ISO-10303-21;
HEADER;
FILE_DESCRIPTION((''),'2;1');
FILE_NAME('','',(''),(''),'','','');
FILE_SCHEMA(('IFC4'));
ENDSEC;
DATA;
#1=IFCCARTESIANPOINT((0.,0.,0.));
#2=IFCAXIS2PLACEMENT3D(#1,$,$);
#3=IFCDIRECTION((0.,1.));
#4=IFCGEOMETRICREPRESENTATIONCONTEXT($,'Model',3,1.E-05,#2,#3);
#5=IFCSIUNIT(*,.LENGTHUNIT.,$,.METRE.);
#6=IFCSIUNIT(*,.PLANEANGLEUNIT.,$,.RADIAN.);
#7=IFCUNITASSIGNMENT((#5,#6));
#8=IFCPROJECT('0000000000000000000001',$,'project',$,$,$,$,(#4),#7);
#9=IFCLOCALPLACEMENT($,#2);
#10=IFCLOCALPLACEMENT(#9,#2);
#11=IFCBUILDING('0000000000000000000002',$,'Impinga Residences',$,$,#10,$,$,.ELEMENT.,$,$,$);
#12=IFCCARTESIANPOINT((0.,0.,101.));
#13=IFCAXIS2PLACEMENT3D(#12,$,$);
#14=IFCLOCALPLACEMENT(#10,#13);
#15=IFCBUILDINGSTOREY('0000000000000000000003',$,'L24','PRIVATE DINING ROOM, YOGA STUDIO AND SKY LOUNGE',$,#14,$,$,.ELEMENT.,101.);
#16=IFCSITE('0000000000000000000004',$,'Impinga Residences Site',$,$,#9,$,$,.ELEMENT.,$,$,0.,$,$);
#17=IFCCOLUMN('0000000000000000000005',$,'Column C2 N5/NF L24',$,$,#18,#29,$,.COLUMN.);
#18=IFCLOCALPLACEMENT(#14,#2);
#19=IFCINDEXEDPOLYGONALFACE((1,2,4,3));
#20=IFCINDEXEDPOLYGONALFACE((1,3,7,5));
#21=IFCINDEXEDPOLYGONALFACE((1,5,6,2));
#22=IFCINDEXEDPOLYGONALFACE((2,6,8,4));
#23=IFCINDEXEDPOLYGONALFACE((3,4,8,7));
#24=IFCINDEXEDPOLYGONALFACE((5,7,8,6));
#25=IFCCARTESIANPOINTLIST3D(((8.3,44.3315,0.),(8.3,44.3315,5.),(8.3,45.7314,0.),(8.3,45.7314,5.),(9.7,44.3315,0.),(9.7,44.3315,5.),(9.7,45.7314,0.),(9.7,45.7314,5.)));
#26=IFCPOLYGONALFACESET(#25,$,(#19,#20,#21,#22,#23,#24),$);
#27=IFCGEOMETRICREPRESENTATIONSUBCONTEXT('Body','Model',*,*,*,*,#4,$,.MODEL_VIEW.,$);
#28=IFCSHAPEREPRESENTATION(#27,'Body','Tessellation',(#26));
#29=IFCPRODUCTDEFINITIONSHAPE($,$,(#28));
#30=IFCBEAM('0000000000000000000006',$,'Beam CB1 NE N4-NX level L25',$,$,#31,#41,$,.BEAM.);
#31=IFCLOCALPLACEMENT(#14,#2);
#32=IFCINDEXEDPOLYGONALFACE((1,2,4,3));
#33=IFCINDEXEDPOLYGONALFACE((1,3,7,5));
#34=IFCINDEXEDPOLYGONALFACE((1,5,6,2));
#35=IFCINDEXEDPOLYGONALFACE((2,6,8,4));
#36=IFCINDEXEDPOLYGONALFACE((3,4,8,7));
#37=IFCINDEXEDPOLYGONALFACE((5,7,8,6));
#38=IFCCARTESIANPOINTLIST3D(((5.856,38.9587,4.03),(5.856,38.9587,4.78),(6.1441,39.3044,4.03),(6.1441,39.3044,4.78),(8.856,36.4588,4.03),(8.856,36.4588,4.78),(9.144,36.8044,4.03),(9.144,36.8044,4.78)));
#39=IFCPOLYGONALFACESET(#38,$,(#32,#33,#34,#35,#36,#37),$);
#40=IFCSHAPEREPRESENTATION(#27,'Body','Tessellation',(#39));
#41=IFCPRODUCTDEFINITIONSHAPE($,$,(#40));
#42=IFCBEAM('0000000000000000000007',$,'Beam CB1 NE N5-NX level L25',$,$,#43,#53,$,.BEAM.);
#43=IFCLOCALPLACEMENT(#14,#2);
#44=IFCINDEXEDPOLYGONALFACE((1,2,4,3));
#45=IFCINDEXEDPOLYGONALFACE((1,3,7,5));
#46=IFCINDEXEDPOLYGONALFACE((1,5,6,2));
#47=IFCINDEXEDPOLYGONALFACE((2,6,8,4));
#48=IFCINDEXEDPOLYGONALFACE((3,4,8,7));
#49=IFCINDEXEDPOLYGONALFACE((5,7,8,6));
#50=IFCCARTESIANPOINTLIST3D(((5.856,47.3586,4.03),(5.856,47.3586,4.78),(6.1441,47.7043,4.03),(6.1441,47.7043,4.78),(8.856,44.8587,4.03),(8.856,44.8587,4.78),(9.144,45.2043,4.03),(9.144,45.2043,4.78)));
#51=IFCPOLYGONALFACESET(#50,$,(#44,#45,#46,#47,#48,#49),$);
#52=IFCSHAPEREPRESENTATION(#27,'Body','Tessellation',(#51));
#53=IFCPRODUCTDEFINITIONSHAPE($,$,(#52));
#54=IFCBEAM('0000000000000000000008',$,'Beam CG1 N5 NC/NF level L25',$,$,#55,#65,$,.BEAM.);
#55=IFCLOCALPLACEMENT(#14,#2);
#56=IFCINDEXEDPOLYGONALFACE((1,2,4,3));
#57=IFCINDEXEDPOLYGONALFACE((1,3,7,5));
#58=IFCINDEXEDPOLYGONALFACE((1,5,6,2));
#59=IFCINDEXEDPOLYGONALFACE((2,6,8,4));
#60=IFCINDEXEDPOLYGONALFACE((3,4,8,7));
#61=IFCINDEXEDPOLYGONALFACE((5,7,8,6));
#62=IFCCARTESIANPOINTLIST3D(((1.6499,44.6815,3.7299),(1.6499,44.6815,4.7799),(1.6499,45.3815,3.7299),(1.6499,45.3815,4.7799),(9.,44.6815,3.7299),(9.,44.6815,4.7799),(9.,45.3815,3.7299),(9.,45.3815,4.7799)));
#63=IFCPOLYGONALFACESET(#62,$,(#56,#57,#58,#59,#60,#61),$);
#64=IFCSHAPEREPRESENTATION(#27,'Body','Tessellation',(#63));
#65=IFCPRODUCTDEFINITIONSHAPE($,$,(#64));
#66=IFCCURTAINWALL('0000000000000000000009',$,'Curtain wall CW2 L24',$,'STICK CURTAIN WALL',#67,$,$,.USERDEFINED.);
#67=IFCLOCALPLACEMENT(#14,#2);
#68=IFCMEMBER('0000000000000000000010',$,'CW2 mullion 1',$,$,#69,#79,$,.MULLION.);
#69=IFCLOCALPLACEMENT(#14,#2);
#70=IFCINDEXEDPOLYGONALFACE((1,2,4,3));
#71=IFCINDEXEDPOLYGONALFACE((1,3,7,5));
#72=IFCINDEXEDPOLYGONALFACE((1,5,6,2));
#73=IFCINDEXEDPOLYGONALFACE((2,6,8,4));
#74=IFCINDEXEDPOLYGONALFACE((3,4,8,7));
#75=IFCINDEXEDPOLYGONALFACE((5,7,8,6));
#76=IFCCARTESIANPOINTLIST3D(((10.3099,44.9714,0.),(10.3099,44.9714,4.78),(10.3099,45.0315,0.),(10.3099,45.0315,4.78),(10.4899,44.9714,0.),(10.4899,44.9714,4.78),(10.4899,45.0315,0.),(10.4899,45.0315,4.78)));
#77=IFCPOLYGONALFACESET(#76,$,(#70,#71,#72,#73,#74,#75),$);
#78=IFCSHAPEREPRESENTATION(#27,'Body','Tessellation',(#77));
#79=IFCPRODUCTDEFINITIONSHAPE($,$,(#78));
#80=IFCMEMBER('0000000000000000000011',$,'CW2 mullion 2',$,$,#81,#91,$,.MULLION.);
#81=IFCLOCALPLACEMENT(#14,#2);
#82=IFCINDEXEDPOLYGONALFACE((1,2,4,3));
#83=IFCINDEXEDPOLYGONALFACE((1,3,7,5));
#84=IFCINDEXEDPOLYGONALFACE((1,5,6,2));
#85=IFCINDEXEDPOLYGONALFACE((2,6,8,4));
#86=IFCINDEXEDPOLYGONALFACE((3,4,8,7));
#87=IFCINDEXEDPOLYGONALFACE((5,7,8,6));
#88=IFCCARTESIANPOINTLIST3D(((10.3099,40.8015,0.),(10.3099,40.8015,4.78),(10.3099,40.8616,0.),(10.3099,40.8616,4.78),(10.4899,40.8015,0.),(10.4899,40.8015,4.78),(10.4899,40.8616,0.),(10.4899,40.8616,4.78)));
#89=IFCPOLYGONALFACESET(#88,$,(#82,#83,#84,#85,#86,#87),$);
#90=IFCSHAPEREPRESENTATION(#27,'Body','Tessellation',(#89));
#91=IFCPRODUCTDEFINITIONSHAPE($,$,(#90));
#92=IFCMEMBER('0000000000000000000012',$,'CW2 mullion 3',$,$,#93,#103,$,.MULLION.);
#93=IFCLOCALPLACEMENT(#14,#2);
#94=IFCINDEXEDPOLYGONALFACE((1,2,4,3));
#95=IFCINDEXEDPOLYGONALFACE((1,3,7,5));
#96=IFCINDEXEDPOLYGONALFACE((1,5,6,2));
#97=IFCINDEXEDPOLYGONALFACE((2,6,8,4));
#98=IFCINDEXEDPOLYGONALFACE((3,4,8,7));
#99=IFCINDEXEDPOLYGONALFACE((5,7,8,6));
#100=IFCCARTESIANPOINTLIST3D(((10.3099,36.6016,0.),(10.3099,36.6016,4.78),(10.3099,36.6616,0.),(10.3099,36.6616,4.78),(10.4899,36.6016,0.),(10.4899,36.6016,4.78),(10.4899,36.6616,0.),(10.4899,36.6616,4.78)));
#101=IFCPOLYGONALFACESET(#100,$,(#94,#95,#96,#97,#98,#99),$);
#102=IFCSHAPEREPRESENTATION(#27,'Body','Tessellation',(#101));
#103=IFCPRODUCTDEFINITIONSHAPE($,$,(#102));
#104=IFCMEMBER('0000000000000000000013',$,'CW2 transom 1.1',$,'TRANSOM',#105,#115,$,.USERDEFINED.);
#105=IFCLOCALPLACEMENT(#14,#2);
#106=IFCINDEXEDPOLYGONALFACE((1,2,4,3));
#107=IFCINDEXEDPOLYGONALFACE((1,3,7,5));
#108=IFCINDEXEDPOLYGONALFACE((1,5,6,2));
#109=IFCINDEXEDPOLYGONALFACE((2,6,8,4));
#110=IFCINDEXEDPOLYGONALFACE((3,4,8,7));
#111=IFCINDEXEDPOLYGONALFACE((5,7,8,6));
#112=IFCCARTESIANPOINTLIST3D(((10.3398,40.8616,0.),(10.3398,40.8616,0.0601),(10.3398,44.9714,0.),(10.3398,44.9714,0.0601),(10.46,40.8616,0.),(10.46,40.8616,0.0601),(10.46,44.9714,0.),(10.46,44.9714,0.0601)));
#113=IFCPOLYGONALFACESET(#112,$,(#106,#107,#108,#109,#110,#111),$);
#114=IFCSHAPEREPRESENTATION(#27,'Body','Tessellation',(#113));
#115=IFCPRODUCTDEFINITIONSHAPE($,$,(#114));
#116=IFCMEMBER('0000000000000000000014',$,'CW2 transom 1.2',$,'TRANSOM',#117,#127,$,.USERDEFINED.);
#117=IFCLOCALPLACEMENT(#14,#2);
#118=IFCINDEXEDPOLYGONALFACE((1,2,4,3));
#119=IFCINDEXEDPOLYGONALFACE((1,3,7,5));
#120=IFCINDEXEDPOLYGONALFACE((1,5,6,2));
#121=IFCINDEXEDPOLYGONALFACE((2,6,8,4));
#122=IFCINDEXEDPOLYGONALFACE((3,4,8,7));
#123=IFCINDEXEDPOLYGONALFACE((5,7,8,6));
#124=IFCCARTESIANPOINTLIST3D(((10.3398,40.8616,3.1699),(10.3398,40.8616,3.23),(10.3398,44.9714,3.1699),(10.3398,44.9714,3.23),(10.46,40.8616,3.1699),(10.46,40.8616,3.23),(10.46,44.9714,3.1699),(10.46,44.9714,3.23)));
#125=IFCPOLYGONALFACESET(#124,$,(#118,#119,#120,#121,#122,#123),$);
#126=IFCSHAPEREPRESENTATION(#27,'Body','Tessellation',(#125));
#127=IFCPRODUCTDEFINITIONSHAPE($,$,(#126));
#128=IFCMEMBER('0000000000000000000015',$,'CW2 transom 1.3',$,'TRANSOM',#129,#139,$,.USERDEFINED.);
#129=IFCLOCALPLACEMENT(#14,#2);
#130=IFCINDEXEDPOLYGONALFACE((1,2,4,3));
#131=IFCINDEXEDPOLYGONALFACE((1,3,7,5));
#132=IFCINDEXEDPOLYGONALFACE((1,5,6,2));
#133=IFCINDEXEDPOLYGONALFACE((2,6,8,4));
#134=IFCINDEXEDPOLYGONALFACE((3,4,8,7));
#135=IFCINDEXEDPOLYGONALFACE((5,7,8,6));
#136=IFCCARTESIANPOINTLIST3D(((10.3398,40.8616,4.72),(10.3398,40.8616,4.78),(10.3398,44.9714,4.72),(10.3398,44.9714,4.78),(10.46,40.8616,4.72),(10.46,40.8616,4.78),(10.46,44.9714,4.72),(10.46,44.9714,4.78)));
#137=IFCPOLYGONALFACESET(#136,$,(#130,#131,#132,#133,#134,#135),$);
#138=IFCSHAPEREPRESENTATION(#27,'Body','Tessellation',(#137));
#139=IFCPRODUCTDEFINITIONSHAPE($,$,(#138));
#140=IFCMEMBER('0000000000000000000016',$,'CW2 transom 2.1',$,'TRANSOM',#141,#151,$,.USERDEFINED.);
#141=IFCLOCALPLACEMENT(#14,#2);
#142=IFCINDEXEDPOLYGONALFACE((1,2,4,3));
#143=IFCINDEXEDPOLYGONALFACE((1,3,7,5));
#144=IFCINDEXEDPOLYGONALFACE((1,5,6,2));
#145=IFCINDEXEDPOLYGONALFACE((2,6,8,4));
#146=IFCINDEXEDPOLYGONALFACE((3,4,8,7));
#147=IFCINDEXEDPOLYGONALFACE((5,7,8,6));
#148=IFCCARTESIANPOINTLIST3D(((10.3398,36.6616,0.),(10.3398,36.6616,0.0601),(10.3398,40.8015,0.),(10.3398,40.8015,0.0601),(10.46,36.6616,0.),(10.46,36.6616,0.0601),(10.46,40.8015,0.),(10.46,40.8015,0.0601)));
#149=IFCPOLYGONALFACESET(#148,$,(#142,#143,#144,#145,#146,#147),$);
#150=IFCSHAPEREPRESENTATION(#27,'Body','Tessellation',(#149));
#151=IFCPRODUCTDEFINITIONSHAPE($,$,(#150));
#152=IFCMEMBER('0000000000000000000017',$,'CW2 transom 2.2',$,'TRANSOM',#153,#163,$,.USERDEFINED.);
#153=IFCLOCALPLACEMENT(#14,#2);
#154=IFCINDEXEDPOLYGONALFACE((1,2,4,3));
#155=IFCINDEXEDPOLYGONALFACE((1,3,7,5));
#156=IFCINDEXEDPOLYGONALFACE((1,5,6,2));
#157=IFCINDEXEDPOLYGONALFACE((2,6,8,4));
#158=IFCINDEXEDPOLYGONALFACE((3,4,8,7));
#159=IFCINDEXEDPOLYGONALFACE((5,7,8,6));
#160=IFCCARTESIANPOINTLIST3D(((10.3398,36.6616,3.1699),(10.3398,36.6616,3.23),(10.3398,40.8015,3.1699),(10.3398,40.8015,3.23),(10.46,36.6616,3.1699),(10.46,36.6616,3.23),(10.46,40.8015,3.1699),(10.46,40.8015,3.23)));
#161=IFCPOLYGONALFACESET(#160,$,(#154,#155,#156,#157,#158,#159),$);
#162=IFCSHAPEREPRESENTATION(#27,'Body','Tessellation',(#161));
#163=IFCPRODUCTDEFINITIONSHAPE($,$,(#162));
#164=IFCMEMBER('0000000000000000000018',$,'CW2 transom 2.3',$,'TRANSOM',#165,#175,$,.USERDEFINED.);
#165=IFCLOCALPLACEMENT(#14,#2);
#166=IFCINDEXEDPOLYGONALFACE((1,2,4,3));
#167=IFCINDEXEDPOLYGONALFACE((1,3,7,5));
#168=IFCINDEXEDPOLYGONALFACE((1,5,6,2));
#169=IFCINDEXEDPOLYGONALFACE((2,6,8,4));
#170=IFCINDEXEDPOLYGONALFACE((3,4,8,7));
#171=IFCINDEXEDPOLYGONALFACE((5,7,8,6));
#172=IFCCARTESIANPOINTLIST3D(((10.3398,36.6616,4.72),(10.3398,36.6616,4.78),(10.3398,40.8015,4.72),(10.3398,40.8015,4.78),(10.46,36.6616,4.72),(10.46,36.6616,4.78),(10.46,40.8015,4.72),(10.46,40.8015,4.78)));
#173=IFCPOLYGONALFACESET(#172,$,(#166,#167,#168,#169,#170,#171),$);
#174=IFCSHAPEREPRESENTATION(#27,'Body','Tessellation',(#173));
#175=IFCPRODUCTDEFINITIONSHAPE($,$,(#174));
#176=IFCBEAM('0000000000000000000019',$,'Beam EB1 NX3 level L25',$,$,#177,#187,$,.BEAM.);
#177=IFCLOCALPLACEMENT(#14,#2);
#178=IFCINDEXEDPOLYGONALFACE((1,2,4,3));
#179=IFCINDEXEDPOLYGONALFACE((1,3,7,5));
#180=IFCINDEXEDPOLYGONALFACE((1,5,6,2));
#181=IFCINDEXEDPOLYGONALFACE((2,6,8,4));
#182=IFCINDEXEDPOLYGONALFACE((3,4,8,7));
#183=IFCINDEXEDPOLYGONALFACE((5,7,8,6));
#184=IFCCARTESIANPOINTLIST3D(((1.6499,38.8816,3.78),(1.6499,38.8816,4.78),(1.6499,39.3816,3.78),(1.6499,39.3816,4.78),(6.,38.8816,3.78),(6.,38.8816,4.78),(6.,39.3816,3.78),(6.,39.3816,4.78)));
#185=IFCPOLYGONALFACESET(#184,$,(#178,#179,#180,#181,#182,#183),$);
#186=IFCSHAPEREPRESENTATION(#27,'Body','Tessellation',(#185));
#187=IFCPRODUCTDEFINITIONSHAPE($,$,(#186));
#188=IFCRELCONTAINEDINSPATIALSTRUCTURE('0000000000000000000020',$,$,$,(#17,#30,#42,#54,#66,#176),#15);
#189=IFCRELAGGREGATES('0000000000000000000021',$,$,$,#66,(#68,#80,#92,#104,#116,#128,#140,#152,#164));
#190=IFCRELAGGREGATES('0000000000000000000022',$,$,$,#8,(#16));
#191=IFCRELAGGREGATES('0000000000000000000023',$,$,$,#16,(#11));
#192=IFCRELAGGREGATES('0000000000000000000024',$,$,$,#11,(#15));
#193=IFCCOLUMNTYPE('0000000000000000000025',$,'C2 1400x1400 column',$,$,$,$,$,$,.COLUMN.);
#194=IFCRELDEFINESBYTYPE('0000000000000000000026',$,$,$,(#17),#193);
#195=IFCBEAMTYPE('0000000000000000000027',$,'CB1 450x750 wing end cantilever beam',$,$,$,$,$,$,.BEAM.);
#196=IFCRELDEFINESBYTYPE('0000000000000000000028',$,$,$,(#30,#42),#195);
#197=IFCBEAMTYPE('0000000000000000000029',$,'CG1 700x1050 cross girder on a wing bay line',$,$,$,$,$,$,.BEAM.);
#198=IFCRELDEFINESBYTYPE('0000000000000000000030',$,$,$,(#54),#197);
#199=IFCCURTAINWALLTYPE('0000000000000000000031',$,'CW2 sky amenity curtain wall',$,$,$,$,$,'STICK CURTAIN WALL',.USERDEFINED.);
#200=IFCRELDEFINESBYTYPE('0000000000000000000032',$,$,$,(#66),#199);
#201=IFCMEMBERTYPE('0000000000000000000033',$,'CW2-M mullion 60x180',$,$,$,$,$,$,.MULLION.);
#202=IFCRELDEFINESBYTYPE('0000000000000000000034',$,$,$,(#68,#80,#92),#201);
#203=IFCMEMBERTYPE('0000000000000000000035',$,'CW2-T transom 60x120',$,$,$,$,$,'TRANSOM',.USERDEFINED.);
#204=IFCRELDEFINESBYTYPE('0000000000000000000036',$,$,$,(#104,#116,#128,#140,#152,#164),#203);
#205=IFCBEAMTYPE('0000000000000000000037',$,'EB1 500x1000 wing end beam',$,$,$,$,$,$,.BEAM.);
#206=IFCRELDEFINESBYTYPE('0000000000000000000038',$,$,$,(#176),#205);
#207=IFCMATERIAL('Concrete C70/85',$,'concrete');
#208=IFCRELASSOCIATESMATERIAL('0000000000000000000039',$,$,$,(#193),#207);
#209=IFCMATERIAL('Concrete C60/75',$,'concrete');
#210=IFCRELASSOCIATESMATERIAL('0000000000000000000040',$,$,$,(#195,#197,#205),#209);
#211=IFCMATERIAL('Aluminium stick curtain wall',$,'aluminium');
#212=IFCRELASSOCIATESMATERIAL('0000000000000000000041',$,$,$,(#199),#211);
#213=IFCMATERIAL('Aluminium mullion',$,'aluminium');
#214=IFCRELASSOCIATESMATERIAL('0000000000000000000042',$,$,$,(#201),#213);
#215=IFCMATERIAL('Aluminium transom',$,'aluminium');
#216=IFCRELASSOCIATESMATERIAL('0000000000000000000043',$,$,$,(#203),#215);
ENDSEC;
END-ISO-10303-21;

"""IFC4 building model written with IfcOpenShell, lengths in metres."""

from ifc_helpers import new_model, si_unit, direction, frame, origin, origin_2d, place, context, subcontext, project, spatial, rectangle, extrude, material, material_profile, profile_set, type_object, element, aggregate, save


model = new_model("IFC4")

# Units and contexts
model_context = context("Model", 3, precision=1e-05, world=origin(), true_north=direction((0.0, 1.0)))
body_context = subcontext(model_context, "Body", "Model", "MODEL_VIEW")
ifc_project = project(units=[si_unit("LENGTHUNIT", "METRE"), si_unit("PLANEANGLEUNIT", "RADIAN")], contexts=[model_context])

# Site, building, storey
site_placement = place(None, origin())
site = spatial("IfcSite", under=ifc_project, at=site_placement, Name="Impinga Residences Site", CompositionType="ELEMENT", RefElevation=0.0)
building_placement = place(site_placement, origin())
building = spatial("IfcBuilding", under=site, at=building_placement, Name="Impinga Residences", CompositionType="ELEMENT")
storey_placement = place(building_placement, frame((0.0, 0.0, 101.0)))
storey = spatial("IfcBuildingStorey", under=building, at=storey_placement, Name="L24", Description="PRIVATE DINING ROOM, YOGA STUDIO AND SKY LOUNGE", CompositionType="ELEMENT", Elevation=101.0)

# Column
ifc_material_1 = material(Name="Concrete C70/85", Category="concrete")
ifc_material_profile_1 = material_profile(ifc_material_1, rectangle(XDim=1.3999, YDim=1.3999, at=origin_2d()), Name="RC 1400x1400")
ifc_profile_set_1 = profile_set([ifc_material_profile_1], Name="Concrete C70/85")
column_type = type_object("IfcColumnType", Name="C2 1400x1400 column", PredefinedType="COLUMN", material=ifc_profile_set_1)
column_placement = place(storey_placement, frame((9.0, 45.0315, 0.0), z_axis=(0.0, 0.0, 1.0), x_axis=(1.0, 0.0, 0.0)))
element("IfcColumn", 1, at=column_placement, inside=storey, type_object=column_type, Name="Column C2 N5/NF L24", PredefinedType="COLUMN", context=body_context, shape_type="SweptSolid", body=[
    extrude(rectangle(XDim=1.3999, YDim=1.3999, at=origin_2d()), origin(), (0.0, 0.0, 1.0), 5.0),
])

# Beams
ifc_material_2 = material(Name="Concrete C60/75", Category="concrete")
ifc_material_profile_2 = material_profile(ifc_material_2, rectangle(XDim=0.45, YDim=0.75, at=origin_2d()), Name="RC 450x750")
ifc_profile_set_2 = profile_set([ifc_material_profile_2], Name="Concrete C60/75")
beam_type_1 = type_object("IfcBeamType", Name="CB1 450x750 wing end cantilever beam", PredefinedType="BEAM", material=ifc_profile_set_2)
for number, where, z_axis, x_axis, name in (
    (2, (9.0, 36.6316, 4.405), (-0.768221, 0.640184, 0.0), (-0.640184, -0.768221, 0.0), "Beam CB1 NE N4-NX level L25"),
    (3, (9.0, 45.0315, 4.405), (-0.768221, 0.640184, 0.0), (-0.640184, -0.768221, 0.0), "Beam CB1 NE N5-NX level L25"),
):
    element("IfcBeam", number, at=place(storey_placement, frame(where, z_axis=z_axis, x_axis=x_axis)), inside=storey, type_object=beam_type_1, Name=name, PredefinedType="BEAM", context=body_context, shape_type="SweptSolid", body=[
        extrude(rectangle(XDim=0.45, YDim=0.75, at=origin_2d()), origin(), (0.0, 0.0, 1.0), 3.905),
    ])
ifc_material_profile_3 = material_profile(ifc_material_2, rectangle(XDim=0.7, YDim=1.05, at=origin_2d()), Name="RC 700x1050")
ifc_profile_set_3 = profile_set([ifc_material_profile_3], Name="Concrete C60/75")
beam_type_2 = type_object("IfcBeamType", Name="CG1 700x1050 cross girder on a wing bay line", PredefinedType="BEAM", material=ifc_profile_set_3)
beam_1_placement = place(storey_placement, frame((1.6499, 45.0315, 4.2549), z_axis=(1.0, 0.0, 0.0), x_axis=(0.0, 1.0, 0.0)))
element("IfcBeam", 4, at=beam_1_placement, inside=storey, type_object=beam_type_2, Name="Beam CG1 N5 NC/NF level L25", PredefinedType="BEAM", context=body_context, shape_type="SweptSolid", body=[
    extrude(rectangle(XDim=0.7, YDim=1.05, at=origin_2d()), origin(), (0.0, 0.0, 1.0), 7.3501),
])

# Curtain wall, members
ifc_material_3 = material(Name="Aluminium stick curtain wall", Category="aluminium")
curtain_wall_type = type_object("IfcCurtainWallType", Name="CW2 sky amenity curtain wall", ElementType="STICK CURTAIN WALL", PredefinedType="USERDEFINED", material=ifc_material_3)
curtain_wall_placement = place(storey_placement, origin())
curtain_wall = element("IfcCurtainWall", 5, at=curtain_wall_placement, inside=storey, type_object=curtain_wall_type, Name="Curtain wall CW2 L24", ObjectType="STICK CURTAIN WALL", PredefinedType="USERDEFINED")
ifc_material_4 = material(Name="Aluminium mullion", Category="aluminium")
ifc_material_profile_4 = material_profile(ifc_material_4, rectangle(XDim=0.0601, YDim=0.1799, at=origin_2d()), Name="60x180 mullion")
ifc_profile_set_4 = profile_set([ifc_material_profile_4], Name="Aluminium mullion")
member_type_1 = type_object("IfcMemberType", Name="CW2-M mullion 60x180", PredefinedType="MULLION", material=ifc_profile_set_4)
member_1_placement = place(storey_placement, frame((10.3999, 45.0015, 0.0), z_axis=(0.0, 0.0, 1.0), x_axis=(0.0, -1.0, 0.0)))
member_1 = element("IfcMember", 6, at=member_1_placement, type_object=member_type_1, Name="CW2 mullion 1", PredefinedType="MULLION", context=body_context, shape_type="SweptSolid", body=[
    extrude(rectangle(XDim=0.0601, YDim=0.1799, at=origin_2d()), origin(), (0.0, 0.0, 1.0), 4.78),
])
member_2_placement = place(storey_placement, frame((10.3999, 40.8315, 0.0), z_axis=(0.0, 0.0, 1.0), x_axis=(0.0, -1.0, 0.0)))
member_2 = element("IfcMember", 7, at=member_2_placement, type_object=member_type_1, Name="CW2 mullion 2", PredefinedType="MULLION", context=body_context, shape_type="SweptSolid", body=[
    extrude(rectangle(XDim=0.0601, YDim=0.1799, at=origin_2d()), origin(), (0.0, 0.0, 1.0), 4.78),
])
member_3_placement = place(storey_placement, frame((10.3999, 36.6316, 0.0), z_axis=(0.0, 0.0, 1.0), x_axis=(0.0, -1.0, 0.0)))
member_3 = element("IfcMember", 8, at=member_3_placement, type_object=member_type_1, Name="CW2 mullion 3", PredefinedType="MULLION", context=body_context, shape_type="SweptSolid", body=[
    extrude(rectangle(XDim=0.0601, YDim=0.1799, at=origin_2d()), origin(), (0.0, 0.0, 1.0), 4.78),
])
ifc_material_5 = material(Name="Aluminium transom", Category="aluminium")
ifc_material_profile_5 = material_profile(ifc_material_5, rectangle(XDim=0.0601, YDim=0.1201, at=origin_2d()), Name="60x120 transom")
ifc_profile_set_5 = profile_set([ifc_material_profile_5], Name="Aluminium transom")
member_type_2 = type_object("IfcMemberType", Name="CW2-T transom 60x120", ElementType="TRANSOM", PredefinedType="USERDEFINED", material=ifc_profile_set_5)
member_4_placement = place(storey_placement, frame((10.3999, 44.9714, 0.03), z_axis=(0.0, -1.0, 0.0), x_axis=(0.0, 0.0, 1.0)))
member_4 = element("IfcMember", 9, at=member_4_placement, type_object=member_type_2, Name="CW2 transom 1.1", ObjectType="TRANSOM", PredefinedType="USERDEFINED", context=body_context, shape_type="SweptSolid", body=[
    extrude(rectangle(XDim=0.0601, YDim=0.1201, at=origin_2d()), origin(), (0.0, 0.0, 1.0), 4.1099),
])
member_5_placement = place(storey_placement, frame((10.3999, 44.9714, 3.2), z_axis=(0.0, -1.0, 0.0), x_axis=(0.0, 0.0, 1.0)))
member_5 = element("IfcMember", 10, at=member_5_placement, type_object=member_type_2, Name="CW2 transom 1.2", ObjectType="TRANSOM", PredefinedType="USERDEFINED", context=body_context, shape_type="SweptSolid", body=[
    extrude(rectangle(XDim=0.0601, YDim=0.1201, at=origin_2d()), origin(), (0.0, 0.0, 1.0), 4.1099),
])
member_6_placement = place(storey_placement, frame((10.3999, 44.9714, 4.75), z_axis=(0.0, -1.0, 0.0), x_axis=(0.0, 0.0, 1.0)))
member_6 = element("IfcMember", 11, at=member_6_placement, type_object=member_type_2, Name="CW2 transom 1.3", ObjectType="TRANSOM", PredefinedType="USERDEFINED", context=body_context, shape_type="SweptSolid", body=[
    extrude(rectangle(XDim=0.0601, YDim=0.1201, at=origin_2d()), origin(), (0.0, 0.0, 1.0), 4.1099),
])
member_7_placement = place(storey_placement, frame((10.3999, 40.8015, 0.03), z_axis=(0.0, -1.0, 0.0), x_axis=(0.0, 0.0, 1.0)))
member_7 = element("IfcMember", 12, at=member_7_placement, type_object=member_type_2, Name="CW2 transom 2.1", ObjectType="TRANSOM", PredefinedType="USERDEFINED", context=body_context, shape_type="SweptSolid", body=[
    extrude(rectangle(XDim=0.0601, YDim=0.1201, at=origin_2d()), origin(), (0.0, 0.0, 1.0), 4.1399),
])
member_8_placement = place(storey_placement, frame((10.3999, 40.8015, 3.2), z_axis=(0.0, -1.0, 0.0), x_axis=(0.0, 0.0, 1.0)))
member_8 = element("IfcMember", 13, at=member_8_placement, type_object=member_type_2, Name="CW2 transom 2.2", ObjectType="TRANSOM", PredefinedType="USERDEFINED", context=body_context, shape_type="SweptSolid", body=[
    extrude(rectangle(XDim=0.0601, YDim=0.1201, at=origin_2d()), origin(), (0.0, 0.0, 1.0), 4.1399),
])
member_9_placement = place(storey_placement, frame((10.3999, 40.8015, 4.75), z_axis=(0.0, -1.0, 0.0), x_axis=(0.0, 0.0, 1.0)))
member_9 = element("IfcMember", 14, at=member_9_placement, type_object=member_type_2, Name="CW2 transom 2.3", ObjectType="TRANSOM", PredefinedType="USERDEFINED", context=body_context, shape_type="SweptSolid", body=[
    extrude(rectangle(XDim=0.0601, YDim=0.1201, at=origin_2d()), origin(), (0.0, 0.0, 1.0), 4.1399),
])

# Beam
ifc_material_profile_6 = material_profile(ifc_material_2, rectangle(XDim=0.5, YDim=1.0, at=origin_2d()), Name="RC 500x1000")
ifc_profile_set_6 = profile_set([ifc_material_profile_6], Name="Concrete C60/75")
beam_type_3 = type_object("IfcBeamType", Name="EB1 500x1000 wing end beam", PredefinedType="BEAM", material=ifc_profile_set_6)
beam_2_placement = place(storey_placement, frame((1.6499, 39.1316, 4.28), z_axis=(1.0, 0.0, 0.0), x_axis=(0.0, 1.0, 0.0)))
element("IfcBeam", 15, at=beam_2_placement, inside=storey, type_object=beam_type_3, Name="Beam EB1 NX3 level L25", PredefinedType="BEAM", context=body_context, shape_type="SweptSolid", body=[
    extrude(rectangle(XDim=0.5, YDim=1.0, at=origin_2d()), origin(), (0.0, 0.0, 1.0), 4.3501),
])

aggregate(curtain_wall, [member_1, member_2, member_3, member_4, member_5, member_6, member_7, member_8, member_9])

save(model, "model.ifc")
